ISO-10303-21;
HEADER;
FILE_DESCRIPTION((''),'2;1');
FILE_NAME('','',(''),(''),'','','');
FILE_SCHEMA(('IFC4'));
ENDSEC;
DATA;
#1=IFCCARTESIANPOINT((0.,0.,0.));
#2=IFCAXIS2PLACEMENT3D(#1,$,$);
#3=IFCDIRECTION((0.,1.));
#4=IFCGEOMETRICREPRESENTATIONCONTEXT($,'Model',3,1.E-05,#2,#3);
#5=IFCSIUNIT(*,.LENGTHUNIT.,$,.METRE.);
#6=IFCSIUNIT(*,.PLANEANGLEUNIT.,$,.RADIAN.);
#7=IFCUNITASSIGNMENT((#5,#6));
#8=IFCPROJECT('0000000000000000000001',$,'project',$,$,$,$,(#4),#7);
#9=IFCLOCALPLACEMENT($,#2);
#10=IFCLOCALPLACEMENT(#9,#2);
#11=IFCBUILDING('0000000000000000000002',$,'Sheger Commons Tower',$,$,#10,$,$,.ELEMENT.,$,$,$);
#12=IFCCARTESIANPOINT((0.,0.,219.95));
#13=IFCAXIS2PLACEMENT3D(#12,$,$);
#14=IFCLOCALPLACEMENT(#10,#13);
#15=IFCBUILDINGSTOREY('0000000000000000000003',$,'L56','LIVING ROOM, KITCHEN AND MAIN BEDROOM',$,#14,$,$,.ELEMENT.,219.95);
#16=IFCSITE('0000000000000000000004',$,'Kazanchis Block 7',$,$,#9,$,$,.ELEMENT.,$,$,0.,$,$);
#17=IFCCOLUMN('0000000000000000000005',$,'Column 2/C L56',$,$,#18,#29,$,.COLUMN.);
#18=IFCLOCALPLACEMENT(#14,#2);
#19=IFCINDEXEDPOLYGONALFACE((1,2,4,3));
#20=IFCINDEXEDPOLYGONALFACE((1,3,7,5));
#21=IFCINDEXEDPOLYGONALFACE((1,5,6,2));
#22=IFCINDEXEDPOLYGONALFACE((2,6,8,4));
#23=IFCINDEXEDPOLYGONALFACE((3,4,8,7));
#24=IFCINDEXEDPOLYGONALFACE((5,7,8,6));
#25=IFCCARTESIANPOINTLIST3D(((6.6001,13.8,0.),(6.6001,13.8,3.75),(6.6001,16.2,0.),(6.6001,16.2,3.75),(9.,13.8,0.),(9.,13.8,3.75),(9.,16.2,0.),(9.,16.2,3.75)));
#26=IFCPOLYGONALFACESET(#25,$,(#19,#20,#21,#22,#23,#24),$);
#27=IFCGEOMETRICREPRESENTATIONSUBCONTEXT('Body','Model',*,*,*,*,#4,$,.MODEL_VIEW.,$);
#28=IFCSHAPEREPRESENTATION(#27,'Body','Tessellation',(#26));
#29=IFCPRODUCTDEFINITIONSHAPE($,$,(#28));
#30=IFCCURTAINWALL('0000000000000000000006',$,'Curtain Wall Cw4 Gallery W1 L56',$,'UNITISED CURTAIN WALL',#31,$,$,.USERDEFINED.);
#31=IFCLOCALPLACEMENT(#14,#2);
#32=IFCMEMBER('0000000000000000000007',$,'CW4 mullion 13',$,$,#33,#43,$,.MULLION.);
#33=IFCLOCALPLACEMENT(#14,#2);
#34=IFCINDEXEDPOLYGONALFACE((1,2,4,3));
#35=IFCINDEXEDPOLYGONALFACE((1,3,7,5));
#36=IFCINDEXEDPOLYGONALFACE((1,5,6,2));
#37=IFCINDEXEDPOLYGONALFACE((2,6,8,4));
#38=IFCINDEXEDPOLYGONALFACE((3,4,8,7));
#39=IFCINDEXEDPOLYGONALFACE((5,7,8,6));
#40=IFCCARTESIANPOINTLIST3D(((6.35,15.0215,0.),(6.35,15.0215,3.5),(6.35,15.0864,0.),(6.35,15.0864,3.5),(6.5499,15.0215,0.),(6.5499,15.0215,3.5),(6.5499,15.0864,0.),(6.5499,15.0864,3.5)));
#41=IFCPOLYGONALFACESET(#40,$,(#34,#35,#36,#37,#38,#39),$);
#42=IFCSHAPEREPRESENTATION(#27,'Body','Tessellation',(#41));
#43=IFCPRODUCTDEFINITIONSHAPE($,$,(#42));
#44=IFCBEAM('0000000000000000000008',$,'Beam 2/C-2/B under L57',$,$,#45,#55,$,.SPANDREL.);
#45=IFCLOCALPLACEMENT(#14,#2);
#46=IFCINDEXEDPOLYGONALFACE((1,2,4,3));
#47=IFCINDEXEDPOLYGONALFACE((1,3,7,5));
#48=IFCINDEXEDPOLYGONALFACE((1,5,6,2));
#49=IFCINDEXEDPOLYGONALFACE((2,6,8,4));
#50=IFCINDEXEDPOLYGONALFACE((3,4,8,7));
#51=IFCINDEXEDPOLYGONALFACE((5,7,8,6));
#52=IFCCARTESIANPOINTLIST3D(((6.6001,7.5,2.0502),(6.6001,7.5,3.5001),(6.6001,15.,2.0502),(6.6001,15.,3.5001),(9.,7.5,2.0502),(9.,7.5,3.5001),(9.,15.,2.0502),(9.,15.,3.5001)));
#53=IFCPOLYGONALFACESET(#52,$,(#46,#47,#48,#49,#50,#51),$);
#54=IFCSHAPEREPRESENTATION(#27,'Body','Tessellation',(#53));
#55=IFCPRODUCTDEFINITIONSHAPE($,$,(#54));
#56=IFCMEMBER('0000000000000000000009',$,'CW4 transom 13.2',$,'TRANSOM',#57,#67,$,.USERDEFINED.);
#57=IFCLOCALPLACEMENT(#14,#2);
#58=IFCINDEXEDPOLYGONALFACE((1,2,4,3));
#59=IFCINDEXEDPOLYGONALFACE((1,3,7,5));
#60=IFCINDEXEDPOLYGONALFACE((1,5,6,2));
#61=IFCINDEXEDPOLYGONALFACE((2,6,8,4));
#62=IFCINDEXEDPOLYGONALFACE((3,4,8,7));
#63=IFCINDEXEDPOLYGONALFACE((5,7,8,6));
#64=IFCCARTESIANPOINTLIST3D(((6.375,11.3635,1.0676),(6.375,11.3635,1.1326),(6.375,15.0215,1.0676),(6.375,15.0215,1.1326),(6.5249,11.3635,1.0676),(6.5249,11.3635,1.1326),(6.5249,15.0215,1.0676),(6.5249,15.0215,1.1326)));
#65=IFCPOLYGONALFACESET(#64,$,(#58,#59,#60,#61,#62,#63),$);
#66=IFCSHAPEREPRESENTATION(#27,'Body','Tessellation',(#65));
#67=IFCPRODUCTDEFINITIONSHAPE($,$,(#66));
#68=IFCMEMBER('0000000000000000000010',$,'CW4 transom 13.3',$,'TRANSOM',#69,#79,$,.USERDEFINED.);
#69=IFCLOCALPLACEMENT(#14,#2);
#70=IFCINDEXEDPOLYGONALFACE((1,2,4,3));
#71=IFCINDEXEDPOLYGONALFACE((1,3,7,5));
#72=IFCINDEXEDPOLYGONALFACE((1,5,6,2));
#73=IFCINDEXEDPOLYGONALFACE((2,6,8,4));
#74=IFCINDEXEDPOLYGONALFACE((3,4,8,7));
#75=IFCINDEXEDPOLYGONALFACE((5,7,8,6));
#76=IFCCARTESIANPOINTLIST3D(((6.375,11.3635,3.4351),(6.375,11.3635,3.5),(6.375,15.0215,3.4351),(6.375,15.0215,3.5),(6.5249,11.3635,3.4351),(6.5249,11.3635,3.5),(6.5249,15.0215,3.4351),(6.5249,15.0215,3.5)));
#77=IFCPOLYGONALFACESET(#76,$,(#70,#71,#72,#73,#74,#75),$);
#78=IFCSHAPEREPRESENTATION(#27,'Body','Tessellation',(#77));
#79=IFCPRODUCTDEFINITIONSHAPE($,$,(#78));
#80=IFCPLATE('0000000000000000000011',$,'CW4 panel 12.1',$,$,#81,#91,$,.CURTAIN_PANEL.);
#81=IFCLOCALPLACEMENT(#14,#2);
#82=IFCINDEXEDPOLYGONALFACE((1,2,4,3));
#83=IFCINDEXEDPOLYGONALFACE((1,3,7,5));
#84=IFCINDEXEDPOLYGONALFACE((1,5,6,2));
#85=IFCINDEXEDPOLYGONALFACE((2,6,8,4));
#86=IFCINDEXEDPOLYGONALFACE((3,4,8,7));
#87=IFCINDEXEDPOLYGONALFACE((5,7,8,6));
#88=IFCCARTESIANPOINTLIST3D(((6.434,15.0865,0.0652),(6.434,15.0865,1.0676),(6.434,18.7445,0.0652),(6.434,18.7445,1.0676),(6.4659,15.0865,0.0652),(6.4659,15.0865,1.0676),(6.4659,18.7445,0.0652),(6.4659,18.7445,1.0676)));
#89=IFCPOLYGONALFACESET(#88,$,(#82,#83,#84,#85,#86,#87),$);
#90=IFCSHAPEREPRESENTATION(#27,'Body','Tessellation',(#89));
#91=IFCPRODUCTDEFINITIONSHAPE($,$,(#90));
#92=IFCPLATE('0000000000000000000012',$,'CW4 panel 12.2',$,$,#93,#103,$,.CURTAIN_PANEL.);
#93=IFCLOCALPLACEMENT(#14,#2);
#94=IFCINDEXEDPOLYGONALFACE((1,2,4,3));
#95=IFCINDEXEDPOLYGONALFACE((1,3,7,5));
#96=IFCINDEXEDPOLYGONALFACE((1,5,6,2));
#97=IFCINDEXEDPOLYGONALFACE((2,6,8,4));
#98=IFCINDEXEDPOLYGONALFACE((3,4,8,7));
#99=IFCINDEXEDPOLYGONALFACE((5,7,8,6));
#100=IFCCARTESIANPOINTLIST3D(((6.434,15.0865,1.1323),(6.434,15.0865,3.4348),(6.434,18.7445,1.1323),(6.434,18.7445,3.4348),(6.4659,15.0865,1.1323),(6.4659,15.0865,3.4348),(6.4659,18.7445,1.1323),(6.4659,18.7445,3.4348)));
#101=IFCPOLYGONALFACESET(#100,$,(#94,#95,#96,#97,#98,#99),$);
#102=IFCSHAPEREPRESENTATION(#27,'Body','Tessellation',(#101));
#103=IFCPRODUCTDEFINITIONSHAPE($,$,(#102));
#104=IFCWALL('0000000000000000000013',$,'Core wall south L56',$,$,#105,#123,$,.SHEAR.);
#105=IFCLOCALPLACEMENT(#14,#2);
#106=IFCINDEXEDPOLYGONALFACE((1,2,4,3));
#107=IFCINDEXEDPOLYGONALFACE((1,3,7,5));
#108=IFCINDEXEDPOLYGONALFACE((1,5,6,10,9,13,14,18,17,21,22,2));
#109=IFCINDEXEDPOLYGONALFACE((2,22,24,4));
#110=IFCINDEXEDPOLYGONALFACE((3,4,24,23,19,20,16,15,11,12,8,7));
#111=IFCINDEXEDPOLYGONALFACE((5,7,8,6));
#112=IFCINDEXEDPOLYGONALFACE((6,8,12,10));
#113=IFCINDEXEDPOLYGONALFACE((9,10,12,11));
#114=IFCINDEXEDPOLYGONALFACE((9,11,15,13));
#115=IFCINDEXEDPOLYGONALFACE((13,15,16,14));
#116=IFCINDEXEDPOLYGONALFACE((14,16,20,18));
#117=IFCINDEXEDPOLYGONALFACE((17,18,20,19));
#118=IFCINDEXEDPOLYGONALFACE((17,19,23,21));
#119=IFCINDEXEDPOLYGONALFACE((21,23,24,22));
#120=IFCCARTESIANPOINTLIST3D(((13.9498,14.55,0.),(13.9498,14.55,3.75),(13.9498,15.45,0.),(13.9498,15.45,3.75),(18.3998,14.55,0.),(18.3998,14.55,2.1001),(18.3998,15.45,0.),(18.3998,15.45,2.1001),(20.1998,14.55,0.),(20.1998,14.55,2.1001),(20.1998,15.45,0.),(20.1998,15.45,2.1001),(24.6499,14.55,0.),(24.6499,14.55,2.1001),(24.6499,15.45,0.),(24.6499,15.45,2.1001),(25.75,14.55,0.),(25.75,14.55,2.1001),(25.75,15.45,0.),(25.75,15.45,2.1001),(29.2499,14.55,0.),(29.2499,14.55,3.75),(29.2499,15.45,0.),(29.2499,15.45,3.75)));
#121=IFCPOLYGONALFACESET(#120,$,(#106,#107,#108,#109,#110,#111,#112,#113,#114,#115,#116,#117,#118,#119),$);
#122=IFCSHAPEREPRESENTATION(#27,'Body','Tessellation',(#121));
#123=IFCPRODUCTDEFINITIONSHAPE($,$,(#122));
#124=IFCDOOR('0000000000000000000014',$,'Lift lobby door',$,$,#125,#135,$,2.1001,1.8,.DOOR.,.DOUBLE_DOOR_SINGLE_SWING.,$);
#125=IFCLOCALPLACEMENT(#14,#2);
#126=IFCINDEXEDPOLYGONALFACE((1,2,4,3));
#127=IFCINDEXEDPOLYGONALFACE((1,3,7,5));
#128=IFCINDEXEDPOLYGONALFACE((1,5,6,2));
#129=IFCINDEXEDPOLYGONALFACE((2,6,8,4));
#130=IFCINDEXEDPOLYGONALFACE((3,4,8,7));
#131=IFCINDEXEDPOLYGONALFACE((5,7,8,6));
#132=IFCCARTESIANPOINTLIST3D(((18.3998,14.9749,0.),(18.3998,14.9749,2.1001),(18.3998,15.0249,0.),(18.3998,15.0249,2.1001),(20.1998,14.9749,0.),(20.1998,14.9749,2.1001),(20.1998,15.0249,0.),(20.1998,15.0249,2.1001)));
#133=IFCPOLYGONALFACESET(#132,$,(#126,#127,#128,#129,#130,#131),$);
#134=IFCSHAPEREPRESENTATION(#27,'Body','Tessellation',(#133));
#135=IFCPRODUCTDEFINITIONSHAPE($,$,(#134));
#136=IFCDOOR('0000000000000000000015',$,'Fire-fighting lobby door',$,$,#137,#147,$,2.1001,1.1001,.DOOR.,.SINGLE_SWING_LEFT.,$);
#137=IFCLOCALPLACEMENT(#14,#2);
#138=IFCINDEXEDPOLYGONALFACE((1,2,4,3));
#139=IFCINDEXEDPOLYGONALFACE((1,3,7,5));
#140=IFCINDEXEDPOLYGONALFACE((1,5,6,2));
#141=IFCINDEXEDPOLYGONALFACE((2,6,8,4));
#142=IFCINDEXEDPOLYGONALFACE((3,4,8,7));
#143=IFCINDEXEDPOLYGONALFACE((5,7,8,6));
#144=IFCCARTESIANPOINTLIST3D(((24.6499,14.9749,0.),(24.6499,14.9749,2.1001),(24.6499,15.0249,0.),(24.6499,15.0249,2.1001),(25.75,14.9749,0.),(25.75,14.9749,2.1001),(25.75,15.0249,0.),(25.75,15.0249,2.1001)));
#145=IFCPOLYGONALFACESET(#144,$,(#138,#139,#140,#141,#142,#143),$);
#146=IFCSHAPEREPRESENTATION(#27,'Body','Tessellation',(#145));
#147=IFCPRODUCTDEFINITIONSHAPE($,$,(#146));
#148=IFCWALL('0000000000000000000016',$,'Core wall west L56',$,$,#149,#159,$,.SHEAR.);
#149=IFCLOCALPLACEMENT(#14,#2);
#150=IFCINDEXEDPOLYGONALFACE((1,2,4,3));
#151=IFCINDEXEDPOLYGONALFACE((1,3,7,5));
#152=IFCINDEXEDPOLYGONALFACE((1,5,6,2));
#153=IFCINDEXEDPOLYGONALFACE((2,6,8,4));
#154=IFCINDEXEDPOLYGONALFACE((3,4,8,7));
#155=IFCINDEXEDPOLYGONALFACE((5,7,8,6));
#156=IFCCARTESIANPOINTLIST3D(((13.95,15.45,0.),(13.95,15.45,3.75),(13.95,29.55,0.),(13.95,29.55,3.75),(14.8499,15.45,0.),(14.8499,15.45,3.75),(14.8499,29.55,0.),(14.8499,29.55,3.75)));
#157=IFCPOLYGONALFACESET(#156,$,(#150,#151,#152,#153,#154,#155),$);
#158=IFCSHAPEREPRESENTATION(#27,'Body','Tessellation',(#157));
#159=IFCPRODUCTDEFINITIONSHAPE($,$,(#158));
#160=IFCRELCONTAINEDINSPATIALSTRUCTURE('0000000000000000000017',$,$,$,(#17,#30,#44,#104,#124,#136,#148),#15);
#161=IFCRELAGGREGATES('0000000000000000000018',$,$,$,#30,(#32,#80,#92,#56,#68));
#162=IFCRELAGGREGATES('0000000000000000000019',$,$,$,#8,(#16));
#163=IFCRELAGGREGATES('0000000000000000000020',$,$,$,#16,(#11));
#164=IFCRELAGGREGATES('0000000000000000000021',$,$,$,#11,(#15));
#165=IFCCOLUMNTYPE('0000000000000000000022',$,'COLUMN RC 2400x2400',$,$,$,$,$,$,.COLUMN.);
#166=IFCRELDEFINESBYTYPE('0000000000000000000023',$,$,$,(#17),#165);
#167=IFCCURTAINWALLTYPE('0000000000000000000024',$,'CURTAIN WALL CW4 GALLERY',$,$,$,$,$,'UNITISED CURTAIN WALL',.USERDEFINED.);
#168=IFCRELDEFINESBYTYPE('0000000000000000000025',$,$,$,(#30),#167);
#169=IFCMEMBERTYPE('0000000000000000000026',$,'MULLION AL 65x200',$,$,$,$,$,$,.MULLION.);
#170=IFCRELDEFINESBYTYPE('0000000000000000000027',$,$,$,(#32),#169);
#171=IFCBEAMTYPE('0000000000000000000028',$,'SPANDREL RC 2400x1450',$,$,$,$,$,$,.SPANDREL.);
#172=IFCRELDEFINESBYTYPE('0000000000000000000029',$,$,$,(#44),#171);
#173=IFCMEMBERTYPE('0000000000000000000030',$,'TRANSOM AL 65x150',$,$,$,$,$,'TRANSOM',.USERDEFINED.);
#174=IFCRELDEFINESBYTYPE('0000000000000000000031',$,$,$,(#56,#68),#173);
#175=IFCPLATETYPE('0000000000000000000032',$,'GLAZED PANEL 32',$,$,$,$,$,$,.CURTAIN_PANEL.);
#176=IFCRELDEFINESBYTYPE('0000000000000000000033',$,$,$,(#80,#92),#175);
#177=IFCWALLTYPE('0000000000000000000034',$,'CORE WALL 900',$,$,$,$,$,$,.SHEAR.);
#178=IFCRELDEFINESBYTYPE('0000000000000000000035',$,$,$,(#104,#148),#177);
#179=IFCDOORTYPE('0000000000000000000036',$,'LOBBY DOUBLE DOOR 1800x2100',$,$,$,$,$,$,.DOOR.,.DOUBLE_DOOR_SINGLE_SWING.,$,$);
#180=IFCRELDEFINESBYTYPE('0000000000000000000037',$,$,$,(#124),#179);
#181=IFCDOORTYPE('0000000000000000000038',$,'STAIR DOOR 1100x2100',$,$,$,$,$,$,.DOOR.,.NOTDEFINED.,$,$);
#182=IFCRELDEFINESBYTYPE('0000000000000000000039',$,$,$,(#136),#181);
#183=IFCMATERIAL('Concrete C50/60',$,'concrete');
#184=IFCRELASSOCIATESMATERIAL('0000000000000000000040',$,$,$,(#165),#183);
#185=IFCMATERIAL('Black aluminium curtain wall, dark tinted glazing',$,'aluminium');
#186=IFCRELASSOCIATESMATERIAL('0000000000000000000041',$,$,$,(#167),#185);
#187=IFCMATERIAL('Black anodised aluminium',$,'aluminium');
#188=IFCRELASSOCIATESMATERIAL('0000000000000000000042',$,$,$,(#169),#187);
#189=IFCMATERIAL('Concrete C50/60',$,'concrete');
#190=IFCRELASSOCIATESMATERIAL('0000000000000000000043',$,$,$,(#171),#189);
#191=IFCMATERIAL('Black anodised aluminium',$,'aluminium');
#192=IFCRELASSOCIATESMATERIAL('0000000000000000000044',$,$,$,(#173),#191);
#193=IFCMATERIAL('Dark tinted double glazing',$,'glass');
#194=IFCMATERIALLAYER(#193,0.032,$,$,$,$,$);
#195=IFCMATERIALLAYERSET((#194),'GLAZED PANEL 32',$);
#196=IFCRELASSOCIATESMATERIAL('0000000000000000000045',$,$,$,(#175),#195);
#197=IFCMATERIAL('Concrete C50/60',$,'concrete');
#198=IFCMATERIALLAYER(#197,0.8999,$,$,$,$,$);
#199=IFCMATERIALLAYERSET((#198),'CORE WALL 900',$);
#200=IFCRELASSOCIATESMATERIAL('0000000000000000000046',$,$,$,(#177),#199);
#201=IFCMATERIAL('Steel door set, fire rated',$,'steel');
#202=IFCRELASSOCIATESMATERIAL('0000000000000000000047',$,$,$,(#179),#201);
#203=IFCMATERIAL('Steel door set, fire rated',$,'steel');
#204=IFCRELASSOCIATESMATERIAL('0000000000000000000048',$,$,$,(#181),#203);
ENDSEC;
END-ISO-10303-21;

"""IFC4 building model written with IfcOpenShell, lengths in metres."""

from ifc_helpers import new_model, si_unit, direction, frame, frame_2d, origin, origin_2d, place, context, subcontext, project, spatial, rectangle, extrude, material, layer, layer_set, material_profile, profile_set, type_object, element, fill, aggregate, save


model = new_model("IFC4")

# Units and contexts
model_context = context("Model", 3, precision=1e-05, world=origin(), true_north=direction((0.0, 1.0)))
body_context = subcontext(model_context, "Body", "Model", "MODEL_VIEW")
ifc_project = project(units=[si_unit("LENGTHUNIT", "METRE"), si_unit("PLANEANGLEUNIT", "RADIAN")], contexts=[model_context])

# Site, building, storey
site_placement = place(None, origin())
site = spatial("IfcSite", under=ifc_project, at=site_placement, Name="Kazanchis Block 7", CompositionType="ELEMENT", RefElevation=0.0)
building_placement = place(site_placement, origin())
building = spatial("IfcBuilding", under=site, at=building_placement, Name="Sheger Commons Tower", CompositionType="ELEMENT")
storey_placement = place(building_placement, frame((0.0, 0.0, 219.95)))
storey = spatial("IfcBuildingStorey", under=building, at=storey_placement, Name="L56", Description="LIVING ROOM, KITCHEN AND MAIN BEDROOM", CompositionType="ELEMENT", Elevation=219.95)

# Column
ifc_material_1 = material(Name="Concrete C50/60", Category="concrete")
ifc_material_profile_1 = material_profile(ifc_material_1, rectangle(XDim=2.3999, YDim=2.3999, at=origin_2d()), Name="RC 2400x2400")
ifc_profile_set_1 = profile_set([ifc_material_profile_1], Name="Concrete C50/60")
column_type = type_object("IfcColumnType", Name="COLUMN RC 2400x2400", PredefinedType="COLUMN", material=ifc_profile_set_1)
column_placement = place(storey_placement, frame((7.8, 15.0, 0.0), z_axis=(0.0, 0.0, 1.0), x_axis=(1.0, 0.0, 0.0)))
element("IfcColumn", 1, at=column_placement, inside=storey, type_object=column_type, Name="Column 2/C L56", PredefinedType="COLUMN", context=body_context, shape_type="SweptSolid", body=[
    extrude(rectangle(XDim=2.3999, YDim=2.3999, at=origin_2d()), origin(), (0.0, 0.0, 1.0), 3.75),
])

# Curtain wall, member
ifc_material_2 = material(Name="Black aluminium curtain wall, dark tinted glazing", Category="aluminium")
curtain_wall_type = type_object("IfcCurtainWallType", Name="CURTAIN WALL CW4 GALLERY", ElementType="UNITISED CURTAIN WALL", PredefinedType="USERDEFINED", material=ifc_material_2)
curtain_wall_placement = place(storey_placement, origin())
curtain_wall = element("IfcCurtainWall", 2, at=curtain_wall_placement, inside=storey, type_object=curtain_wall_type, Name="Curtain Wall Cw4 Gallery W1 L56", ObjectType="UNITISED CURTAIN WALL", PredefinedType="USERDEFINED")
ifc_material_3 = material(Name="Black anodised aluminium", Category="aluminium")
ifc_material_profile_2 = material_profile(ifc_material_3, rectangle(XDim=0.2, YDim=0.0649, at=origin_2d()), Name="AL 65x200")
ifc_profile_set_2 = profile_set([ifc_material_profile_2], Name="Black anodised aluminium")
member_type_1 = type_object("IfcMemberType", Name="MULLION AL 65x200", PredefinedType="MULLION", material=ifc_profile_set_2)
member_1_placement = place(storey_placement, frame((6.45, 15.054, 0.0), z_axis=(0.0, 0.0, 1.0), x_axis=(1.0, 0.0, 0.0)))
member_1 = element("IfcMember", 3, at=member_1_placement, type_object=member_type_1, Name="CW4 mullion 13", PredefinedType="MULLION", context=body_context, shape_type="SweptSolid", body=[
    extrude(rectangle(XDim=0.2, YDim=0.0649, at=origin_2d()), origin(), (0.0, 0.0, 1.0), 3.5),
])

# Beam
ifc_material_4 = material(Name="Concrete C50/60", Category="concrete")
ifc_material_profile_3 = material_profile(ifc_material_4, rectangle(XDim=2.3999, YDim=1.45, at=origin_2d()), Name="RC 2400x1450")
ifc_profile_set_3 = profile_set([ifc_material_profile_3], Name="Concrete C50/60")
beam_type = type_object("IfcBeamType", Name="SPANDREL RC 2400x1450", PredefinedType="SPANDREL", material=ifc_profile_set_3)
beam_placement = place(storey_placement, frame((7.8, 15.0, 2.7751), z_axis=(0.0, -1.0, 0.0), x_axis=(1.0, 0.0, 0.0)))
element("IfcBeam", 4, at=beam_placement, inside=storey, type_object=beam_type, Name="Beam 2/C-2/B under L57", PredefinedType="SPANDREL", context=body_context, shape_type="SweptSolid", body=[
    extrude(rectangle(XDim=2.3999, YDim=1.45, at=origin_2d()), origin(), (0.0, 0.0, 1.0), 7.5),
])

# Members
ifc_material_5 = material(Name="Black anodised aluminium", Category="aluminium")
ifc_material_profile_4 = material_profile(ifc_material_5, rectangle(XDim=0.1499, YDim=0.0649, at=origin_2d()), Name="AL 65x150")
ifc_profile_set_4 = profile_set([ifc_material_profile_4], Name="Black anodised aluminium")
member_type_2 = type_object("IfcMemberType", Name="TRANSOM AL 65x150", ElementType="TRANSOM", PredefinedType="USERDEFINED", material=ifc_profile_set_4)
member_2_placement = place(storey_placement, frame((6.45, 15.0215, 1.1001), z_axis=(0.0, -1.0, 0.0), x_axis=(1.0, 0.0, 0.0)))
member_2 = element("IfcMember", 5, at=member_2_placement, type_object=member_type_2, Name="CW4 transom 13.2", ObjectType="TRANSOM", PredefinedType="USERDEFINED", context=body_context, shape_type="SweptSolid", body=[
    extrude(rectangle(XDim=0.1499, YDim=0.0649, at=origin_2d()), origin(), (0.0, 0.0, 1.0), 3.658),
])
member_3_placement = place(storey_placement, frame((6.45, 15.0215, 3.4675), z_axis=(0.0, -1.0, 0.0), x_axis=(1.0, 0.0, 0.0)))
member_3 = element("IfcMember", 6, at=member_3_placement, type_object=member_type_2, Name="CW4 transom 13.3", ObjectType="TRANSOM", PredefinedType="USERDEFINED", context=body_context, shape_type="SweptSolid", body=[
    extrude(rectangle(XDim=0.1499, YDim=0.0649, at=origin_2d()), origin(), (0.0, 0.0, 1.0), 3.658),
])

# Plates
ifc_material_6 = material(Name="Dark tinted double glazing", Category="glass")
ifc_layer_1 = layer(ifc_material_6, 0.032)
ifc_layer_set_1 = layer_set([ifc_layer_1], Name="GLAZED PANEL 32")
plate_type = type_object("IfcPlateType", Name="GLAZED PANEL 32", PredefinedType="CURTAIN_PANEL", material=ifc_layer_set_1)
plate_1_placement = place(storey_placement, frame((6.45, 16.9155, 0.0652), z_axis=(0.0, 0.0, 1.0), x_axis=(0.0, -1.0, 0.0)))
plate_1 = element("IfcPlate", 7, at=plate_1_placement, type_object=plate_type, Name="CW4 panel 12.1", PredefinedType="CURTAIN_PANEL", context=body_context, shape_type="SweptSolid", body=[
    extrude(rectangle(XDim=3.658, YDim=0.032, at=origin_2d()), origin(), (0.0, 0.0, 1.0), 1.0024),
])
plate_2_placement = place(storey_placement, frame((6.45, 16.9155, 1.1323), z_axis=(0.0, 0.0, 1.0), x_axis=(0.0, -1.0, 0.0)))
plate_2 = element("IfcPlate", 8, at=plate_2_placement, type_object=plate_type, Name="CW4 panel 12.2", PredefinedType="CURTAIN_PANEL", context=body_context, shape_type="SweptSolid", body=[
    extrude(rectangle(XDim=3.658, YDim=0.032, at=origin_2d()), origin(), (0.0, 0.0, 1.0), 2.3025),
])
aggregate(curtain_wall, [member_1, plate_1, plate_2, member_2, member_3])

# Wall, openings, doors
ifc_material_7 = material(Name="Concrete C50/60", Category="concrete")
ifc_layer_2 = layer(ifc_material_7, 0.8999)
ifc_layer_set_2 = layer_set([ifc_layer_2], Name="CORE WALL 900")
wall_type_1 = type_object("IfcWallType", Name="CORE WALL 900", PredefinedType="SHEAR", material=ifc_layer_set_2)
wall_1_placement = place(storey_placement, frame((13.95, 15.0, 0.0), z_axis=(0.0, 0.0, 1.0), x_axis=(1.0, 0.0, 0.0)))
wall_1 = element("IfcWall", 9, at=wall_1_placement, inside=storey, type_object=wall_type_1, Name="Core wall south L56", PredefinedType="SHEAR", context=body_context, shape_type="SweptSolid", body=[
    extrude(rectangle(XDim=15.3, YDim=0.8999, at=frame_2d((7.6499, 0.0))), origin(), (0.0, 0.0, 1.0), 3.75),
])
opening_1_placement = place(wall_1_placement, frame((4.45, 0.0, 0.0)))
opening_1 = element("IfcOpeningElement", 10, at=opening_1_placement, cuts=wall_1, PredefinedType="OPENING", context=body_context, shape_type="SweptSolid", body=[
    extrude(rectangle(XDim=1.8, YDim=2.1001, at=frame_2d((0.8999, 1.05))), frame((0.0, 0.46, 0.0), z_axis=(0.0, -1.0, 0.0), x_axis=(1.0, 0.0, 0.0)), (0.0, 0.0, 1.0), 0.9199),
])
opening_2_placement = place(wall_1_placement, frame((10.7, 0.0, 0.0)))
opening_2 = element("IfcOpeningElement", 11, at=opening_2_placement, cuts=wall_1, PredefinedType="OPENING", context=body_context, shape_type="SweptSolid", body=[
    extrude(rectangle(XDim=1.1001, YDim=2.1001, at=frame_2d((0.55, 1.05))), frame((0.0, 0.46, 0.0), z_axis=(0.0, -1.0, 0.0), x_axis=(1.0, 0.0, 0.0)), (0.0, 0.0, 1.0), 0.9199),
])
ifc_material_8 = material(Name="Steel door set, fire rated", Category="steel")
door_type_1 = type_object("IfcDoorType", Name="LOBBY DOUBLE DOOR 1800x2100", OperationType="DOUBLE_DOOR_SINGLE_SWING", PredefinedType="DOOR", material=ifc_material_8)
door_1_placement = place(opening_1_placement, origin())
door_1 = element("IfcDoor", 12, at=door_1_placement, inside=storey, type_object=door_type_1, Name="Lift lobby door", OperationType="DOUBLE_DOOR_SINGLE_SWING", OverallHeight=2.1001, OverallWidth=1.8, PredefinedType="DOOR", context=body_context, shape_type="SweptSolid", body=[
    extrude(rectangle(XDim=1.8, YDim=2.1001, at=frame_2d((0.8999, 1.05))), frame((0.0, 0.0249, 0.0), z_axis=(0.0, -1.0, 0.0), x_axis=(1.0, 0.0, 0.0)), (0.0, 0.0, 1.0), 0.05),
])
fill(opening_1, door_1)
ifc_material_9 = material(Name="Steel door set, fire rated", Category="steel")
door_type_2 = type_object("IfcDoorType", Name="STAIR DOOR 1100x2100", OperationType="NOTDEFINED", PredefinedType="DOOR", material=ifc_material_9)
door_2_placement = place(opening_2_placement, origin())
door_2 = element("IfcDoor", 13, at=door_2_placement, inside=storey, type_object=door_type_2, Name="Fire-fighting lobby door", OperationType="SINGLE_SWING_LEFT", OverallHeight=2.1001, OverallWidth=1.1001, PredefinedType="DOOR", context=body_context, shape_type="SweptSolid", body=[
    extrude(rectangle(XDim=1.1001, YDim=2.1001, at=frame_2d((0.55, 1.05))), frame((0.0, 0.0249, 0.0), z_axis=(0.0, -1.0, 0.0), x_axis=(1.0, 0.0, 0.0)), (0.0, 0.0, 1.0), 0.05),
])
fill(opening_2, door_2)

# Wall
wall_2_placement = place(storey_placement, frame((14.3999, 15.45, 0.0), z_axis=(0.0, 0.0, 1.0), x_axis=(0.0, 1.0, 0.0)))
element("IfcWall", 14, at=wall_2_placement, inside=storey, type_object=wall_type_1, Name="Core wall west L56", PredefinedType="SHEAR", context=body_context, shape_type="SweptSolid", body=[
    extrude(rectangle(XDim=14.1001, YDim=0.8999, at=frame_2d((7.05, 0.0))), origin(), (0.0, 0.0, 1.0), 3.75),
])

save(model, "model.ifc")
